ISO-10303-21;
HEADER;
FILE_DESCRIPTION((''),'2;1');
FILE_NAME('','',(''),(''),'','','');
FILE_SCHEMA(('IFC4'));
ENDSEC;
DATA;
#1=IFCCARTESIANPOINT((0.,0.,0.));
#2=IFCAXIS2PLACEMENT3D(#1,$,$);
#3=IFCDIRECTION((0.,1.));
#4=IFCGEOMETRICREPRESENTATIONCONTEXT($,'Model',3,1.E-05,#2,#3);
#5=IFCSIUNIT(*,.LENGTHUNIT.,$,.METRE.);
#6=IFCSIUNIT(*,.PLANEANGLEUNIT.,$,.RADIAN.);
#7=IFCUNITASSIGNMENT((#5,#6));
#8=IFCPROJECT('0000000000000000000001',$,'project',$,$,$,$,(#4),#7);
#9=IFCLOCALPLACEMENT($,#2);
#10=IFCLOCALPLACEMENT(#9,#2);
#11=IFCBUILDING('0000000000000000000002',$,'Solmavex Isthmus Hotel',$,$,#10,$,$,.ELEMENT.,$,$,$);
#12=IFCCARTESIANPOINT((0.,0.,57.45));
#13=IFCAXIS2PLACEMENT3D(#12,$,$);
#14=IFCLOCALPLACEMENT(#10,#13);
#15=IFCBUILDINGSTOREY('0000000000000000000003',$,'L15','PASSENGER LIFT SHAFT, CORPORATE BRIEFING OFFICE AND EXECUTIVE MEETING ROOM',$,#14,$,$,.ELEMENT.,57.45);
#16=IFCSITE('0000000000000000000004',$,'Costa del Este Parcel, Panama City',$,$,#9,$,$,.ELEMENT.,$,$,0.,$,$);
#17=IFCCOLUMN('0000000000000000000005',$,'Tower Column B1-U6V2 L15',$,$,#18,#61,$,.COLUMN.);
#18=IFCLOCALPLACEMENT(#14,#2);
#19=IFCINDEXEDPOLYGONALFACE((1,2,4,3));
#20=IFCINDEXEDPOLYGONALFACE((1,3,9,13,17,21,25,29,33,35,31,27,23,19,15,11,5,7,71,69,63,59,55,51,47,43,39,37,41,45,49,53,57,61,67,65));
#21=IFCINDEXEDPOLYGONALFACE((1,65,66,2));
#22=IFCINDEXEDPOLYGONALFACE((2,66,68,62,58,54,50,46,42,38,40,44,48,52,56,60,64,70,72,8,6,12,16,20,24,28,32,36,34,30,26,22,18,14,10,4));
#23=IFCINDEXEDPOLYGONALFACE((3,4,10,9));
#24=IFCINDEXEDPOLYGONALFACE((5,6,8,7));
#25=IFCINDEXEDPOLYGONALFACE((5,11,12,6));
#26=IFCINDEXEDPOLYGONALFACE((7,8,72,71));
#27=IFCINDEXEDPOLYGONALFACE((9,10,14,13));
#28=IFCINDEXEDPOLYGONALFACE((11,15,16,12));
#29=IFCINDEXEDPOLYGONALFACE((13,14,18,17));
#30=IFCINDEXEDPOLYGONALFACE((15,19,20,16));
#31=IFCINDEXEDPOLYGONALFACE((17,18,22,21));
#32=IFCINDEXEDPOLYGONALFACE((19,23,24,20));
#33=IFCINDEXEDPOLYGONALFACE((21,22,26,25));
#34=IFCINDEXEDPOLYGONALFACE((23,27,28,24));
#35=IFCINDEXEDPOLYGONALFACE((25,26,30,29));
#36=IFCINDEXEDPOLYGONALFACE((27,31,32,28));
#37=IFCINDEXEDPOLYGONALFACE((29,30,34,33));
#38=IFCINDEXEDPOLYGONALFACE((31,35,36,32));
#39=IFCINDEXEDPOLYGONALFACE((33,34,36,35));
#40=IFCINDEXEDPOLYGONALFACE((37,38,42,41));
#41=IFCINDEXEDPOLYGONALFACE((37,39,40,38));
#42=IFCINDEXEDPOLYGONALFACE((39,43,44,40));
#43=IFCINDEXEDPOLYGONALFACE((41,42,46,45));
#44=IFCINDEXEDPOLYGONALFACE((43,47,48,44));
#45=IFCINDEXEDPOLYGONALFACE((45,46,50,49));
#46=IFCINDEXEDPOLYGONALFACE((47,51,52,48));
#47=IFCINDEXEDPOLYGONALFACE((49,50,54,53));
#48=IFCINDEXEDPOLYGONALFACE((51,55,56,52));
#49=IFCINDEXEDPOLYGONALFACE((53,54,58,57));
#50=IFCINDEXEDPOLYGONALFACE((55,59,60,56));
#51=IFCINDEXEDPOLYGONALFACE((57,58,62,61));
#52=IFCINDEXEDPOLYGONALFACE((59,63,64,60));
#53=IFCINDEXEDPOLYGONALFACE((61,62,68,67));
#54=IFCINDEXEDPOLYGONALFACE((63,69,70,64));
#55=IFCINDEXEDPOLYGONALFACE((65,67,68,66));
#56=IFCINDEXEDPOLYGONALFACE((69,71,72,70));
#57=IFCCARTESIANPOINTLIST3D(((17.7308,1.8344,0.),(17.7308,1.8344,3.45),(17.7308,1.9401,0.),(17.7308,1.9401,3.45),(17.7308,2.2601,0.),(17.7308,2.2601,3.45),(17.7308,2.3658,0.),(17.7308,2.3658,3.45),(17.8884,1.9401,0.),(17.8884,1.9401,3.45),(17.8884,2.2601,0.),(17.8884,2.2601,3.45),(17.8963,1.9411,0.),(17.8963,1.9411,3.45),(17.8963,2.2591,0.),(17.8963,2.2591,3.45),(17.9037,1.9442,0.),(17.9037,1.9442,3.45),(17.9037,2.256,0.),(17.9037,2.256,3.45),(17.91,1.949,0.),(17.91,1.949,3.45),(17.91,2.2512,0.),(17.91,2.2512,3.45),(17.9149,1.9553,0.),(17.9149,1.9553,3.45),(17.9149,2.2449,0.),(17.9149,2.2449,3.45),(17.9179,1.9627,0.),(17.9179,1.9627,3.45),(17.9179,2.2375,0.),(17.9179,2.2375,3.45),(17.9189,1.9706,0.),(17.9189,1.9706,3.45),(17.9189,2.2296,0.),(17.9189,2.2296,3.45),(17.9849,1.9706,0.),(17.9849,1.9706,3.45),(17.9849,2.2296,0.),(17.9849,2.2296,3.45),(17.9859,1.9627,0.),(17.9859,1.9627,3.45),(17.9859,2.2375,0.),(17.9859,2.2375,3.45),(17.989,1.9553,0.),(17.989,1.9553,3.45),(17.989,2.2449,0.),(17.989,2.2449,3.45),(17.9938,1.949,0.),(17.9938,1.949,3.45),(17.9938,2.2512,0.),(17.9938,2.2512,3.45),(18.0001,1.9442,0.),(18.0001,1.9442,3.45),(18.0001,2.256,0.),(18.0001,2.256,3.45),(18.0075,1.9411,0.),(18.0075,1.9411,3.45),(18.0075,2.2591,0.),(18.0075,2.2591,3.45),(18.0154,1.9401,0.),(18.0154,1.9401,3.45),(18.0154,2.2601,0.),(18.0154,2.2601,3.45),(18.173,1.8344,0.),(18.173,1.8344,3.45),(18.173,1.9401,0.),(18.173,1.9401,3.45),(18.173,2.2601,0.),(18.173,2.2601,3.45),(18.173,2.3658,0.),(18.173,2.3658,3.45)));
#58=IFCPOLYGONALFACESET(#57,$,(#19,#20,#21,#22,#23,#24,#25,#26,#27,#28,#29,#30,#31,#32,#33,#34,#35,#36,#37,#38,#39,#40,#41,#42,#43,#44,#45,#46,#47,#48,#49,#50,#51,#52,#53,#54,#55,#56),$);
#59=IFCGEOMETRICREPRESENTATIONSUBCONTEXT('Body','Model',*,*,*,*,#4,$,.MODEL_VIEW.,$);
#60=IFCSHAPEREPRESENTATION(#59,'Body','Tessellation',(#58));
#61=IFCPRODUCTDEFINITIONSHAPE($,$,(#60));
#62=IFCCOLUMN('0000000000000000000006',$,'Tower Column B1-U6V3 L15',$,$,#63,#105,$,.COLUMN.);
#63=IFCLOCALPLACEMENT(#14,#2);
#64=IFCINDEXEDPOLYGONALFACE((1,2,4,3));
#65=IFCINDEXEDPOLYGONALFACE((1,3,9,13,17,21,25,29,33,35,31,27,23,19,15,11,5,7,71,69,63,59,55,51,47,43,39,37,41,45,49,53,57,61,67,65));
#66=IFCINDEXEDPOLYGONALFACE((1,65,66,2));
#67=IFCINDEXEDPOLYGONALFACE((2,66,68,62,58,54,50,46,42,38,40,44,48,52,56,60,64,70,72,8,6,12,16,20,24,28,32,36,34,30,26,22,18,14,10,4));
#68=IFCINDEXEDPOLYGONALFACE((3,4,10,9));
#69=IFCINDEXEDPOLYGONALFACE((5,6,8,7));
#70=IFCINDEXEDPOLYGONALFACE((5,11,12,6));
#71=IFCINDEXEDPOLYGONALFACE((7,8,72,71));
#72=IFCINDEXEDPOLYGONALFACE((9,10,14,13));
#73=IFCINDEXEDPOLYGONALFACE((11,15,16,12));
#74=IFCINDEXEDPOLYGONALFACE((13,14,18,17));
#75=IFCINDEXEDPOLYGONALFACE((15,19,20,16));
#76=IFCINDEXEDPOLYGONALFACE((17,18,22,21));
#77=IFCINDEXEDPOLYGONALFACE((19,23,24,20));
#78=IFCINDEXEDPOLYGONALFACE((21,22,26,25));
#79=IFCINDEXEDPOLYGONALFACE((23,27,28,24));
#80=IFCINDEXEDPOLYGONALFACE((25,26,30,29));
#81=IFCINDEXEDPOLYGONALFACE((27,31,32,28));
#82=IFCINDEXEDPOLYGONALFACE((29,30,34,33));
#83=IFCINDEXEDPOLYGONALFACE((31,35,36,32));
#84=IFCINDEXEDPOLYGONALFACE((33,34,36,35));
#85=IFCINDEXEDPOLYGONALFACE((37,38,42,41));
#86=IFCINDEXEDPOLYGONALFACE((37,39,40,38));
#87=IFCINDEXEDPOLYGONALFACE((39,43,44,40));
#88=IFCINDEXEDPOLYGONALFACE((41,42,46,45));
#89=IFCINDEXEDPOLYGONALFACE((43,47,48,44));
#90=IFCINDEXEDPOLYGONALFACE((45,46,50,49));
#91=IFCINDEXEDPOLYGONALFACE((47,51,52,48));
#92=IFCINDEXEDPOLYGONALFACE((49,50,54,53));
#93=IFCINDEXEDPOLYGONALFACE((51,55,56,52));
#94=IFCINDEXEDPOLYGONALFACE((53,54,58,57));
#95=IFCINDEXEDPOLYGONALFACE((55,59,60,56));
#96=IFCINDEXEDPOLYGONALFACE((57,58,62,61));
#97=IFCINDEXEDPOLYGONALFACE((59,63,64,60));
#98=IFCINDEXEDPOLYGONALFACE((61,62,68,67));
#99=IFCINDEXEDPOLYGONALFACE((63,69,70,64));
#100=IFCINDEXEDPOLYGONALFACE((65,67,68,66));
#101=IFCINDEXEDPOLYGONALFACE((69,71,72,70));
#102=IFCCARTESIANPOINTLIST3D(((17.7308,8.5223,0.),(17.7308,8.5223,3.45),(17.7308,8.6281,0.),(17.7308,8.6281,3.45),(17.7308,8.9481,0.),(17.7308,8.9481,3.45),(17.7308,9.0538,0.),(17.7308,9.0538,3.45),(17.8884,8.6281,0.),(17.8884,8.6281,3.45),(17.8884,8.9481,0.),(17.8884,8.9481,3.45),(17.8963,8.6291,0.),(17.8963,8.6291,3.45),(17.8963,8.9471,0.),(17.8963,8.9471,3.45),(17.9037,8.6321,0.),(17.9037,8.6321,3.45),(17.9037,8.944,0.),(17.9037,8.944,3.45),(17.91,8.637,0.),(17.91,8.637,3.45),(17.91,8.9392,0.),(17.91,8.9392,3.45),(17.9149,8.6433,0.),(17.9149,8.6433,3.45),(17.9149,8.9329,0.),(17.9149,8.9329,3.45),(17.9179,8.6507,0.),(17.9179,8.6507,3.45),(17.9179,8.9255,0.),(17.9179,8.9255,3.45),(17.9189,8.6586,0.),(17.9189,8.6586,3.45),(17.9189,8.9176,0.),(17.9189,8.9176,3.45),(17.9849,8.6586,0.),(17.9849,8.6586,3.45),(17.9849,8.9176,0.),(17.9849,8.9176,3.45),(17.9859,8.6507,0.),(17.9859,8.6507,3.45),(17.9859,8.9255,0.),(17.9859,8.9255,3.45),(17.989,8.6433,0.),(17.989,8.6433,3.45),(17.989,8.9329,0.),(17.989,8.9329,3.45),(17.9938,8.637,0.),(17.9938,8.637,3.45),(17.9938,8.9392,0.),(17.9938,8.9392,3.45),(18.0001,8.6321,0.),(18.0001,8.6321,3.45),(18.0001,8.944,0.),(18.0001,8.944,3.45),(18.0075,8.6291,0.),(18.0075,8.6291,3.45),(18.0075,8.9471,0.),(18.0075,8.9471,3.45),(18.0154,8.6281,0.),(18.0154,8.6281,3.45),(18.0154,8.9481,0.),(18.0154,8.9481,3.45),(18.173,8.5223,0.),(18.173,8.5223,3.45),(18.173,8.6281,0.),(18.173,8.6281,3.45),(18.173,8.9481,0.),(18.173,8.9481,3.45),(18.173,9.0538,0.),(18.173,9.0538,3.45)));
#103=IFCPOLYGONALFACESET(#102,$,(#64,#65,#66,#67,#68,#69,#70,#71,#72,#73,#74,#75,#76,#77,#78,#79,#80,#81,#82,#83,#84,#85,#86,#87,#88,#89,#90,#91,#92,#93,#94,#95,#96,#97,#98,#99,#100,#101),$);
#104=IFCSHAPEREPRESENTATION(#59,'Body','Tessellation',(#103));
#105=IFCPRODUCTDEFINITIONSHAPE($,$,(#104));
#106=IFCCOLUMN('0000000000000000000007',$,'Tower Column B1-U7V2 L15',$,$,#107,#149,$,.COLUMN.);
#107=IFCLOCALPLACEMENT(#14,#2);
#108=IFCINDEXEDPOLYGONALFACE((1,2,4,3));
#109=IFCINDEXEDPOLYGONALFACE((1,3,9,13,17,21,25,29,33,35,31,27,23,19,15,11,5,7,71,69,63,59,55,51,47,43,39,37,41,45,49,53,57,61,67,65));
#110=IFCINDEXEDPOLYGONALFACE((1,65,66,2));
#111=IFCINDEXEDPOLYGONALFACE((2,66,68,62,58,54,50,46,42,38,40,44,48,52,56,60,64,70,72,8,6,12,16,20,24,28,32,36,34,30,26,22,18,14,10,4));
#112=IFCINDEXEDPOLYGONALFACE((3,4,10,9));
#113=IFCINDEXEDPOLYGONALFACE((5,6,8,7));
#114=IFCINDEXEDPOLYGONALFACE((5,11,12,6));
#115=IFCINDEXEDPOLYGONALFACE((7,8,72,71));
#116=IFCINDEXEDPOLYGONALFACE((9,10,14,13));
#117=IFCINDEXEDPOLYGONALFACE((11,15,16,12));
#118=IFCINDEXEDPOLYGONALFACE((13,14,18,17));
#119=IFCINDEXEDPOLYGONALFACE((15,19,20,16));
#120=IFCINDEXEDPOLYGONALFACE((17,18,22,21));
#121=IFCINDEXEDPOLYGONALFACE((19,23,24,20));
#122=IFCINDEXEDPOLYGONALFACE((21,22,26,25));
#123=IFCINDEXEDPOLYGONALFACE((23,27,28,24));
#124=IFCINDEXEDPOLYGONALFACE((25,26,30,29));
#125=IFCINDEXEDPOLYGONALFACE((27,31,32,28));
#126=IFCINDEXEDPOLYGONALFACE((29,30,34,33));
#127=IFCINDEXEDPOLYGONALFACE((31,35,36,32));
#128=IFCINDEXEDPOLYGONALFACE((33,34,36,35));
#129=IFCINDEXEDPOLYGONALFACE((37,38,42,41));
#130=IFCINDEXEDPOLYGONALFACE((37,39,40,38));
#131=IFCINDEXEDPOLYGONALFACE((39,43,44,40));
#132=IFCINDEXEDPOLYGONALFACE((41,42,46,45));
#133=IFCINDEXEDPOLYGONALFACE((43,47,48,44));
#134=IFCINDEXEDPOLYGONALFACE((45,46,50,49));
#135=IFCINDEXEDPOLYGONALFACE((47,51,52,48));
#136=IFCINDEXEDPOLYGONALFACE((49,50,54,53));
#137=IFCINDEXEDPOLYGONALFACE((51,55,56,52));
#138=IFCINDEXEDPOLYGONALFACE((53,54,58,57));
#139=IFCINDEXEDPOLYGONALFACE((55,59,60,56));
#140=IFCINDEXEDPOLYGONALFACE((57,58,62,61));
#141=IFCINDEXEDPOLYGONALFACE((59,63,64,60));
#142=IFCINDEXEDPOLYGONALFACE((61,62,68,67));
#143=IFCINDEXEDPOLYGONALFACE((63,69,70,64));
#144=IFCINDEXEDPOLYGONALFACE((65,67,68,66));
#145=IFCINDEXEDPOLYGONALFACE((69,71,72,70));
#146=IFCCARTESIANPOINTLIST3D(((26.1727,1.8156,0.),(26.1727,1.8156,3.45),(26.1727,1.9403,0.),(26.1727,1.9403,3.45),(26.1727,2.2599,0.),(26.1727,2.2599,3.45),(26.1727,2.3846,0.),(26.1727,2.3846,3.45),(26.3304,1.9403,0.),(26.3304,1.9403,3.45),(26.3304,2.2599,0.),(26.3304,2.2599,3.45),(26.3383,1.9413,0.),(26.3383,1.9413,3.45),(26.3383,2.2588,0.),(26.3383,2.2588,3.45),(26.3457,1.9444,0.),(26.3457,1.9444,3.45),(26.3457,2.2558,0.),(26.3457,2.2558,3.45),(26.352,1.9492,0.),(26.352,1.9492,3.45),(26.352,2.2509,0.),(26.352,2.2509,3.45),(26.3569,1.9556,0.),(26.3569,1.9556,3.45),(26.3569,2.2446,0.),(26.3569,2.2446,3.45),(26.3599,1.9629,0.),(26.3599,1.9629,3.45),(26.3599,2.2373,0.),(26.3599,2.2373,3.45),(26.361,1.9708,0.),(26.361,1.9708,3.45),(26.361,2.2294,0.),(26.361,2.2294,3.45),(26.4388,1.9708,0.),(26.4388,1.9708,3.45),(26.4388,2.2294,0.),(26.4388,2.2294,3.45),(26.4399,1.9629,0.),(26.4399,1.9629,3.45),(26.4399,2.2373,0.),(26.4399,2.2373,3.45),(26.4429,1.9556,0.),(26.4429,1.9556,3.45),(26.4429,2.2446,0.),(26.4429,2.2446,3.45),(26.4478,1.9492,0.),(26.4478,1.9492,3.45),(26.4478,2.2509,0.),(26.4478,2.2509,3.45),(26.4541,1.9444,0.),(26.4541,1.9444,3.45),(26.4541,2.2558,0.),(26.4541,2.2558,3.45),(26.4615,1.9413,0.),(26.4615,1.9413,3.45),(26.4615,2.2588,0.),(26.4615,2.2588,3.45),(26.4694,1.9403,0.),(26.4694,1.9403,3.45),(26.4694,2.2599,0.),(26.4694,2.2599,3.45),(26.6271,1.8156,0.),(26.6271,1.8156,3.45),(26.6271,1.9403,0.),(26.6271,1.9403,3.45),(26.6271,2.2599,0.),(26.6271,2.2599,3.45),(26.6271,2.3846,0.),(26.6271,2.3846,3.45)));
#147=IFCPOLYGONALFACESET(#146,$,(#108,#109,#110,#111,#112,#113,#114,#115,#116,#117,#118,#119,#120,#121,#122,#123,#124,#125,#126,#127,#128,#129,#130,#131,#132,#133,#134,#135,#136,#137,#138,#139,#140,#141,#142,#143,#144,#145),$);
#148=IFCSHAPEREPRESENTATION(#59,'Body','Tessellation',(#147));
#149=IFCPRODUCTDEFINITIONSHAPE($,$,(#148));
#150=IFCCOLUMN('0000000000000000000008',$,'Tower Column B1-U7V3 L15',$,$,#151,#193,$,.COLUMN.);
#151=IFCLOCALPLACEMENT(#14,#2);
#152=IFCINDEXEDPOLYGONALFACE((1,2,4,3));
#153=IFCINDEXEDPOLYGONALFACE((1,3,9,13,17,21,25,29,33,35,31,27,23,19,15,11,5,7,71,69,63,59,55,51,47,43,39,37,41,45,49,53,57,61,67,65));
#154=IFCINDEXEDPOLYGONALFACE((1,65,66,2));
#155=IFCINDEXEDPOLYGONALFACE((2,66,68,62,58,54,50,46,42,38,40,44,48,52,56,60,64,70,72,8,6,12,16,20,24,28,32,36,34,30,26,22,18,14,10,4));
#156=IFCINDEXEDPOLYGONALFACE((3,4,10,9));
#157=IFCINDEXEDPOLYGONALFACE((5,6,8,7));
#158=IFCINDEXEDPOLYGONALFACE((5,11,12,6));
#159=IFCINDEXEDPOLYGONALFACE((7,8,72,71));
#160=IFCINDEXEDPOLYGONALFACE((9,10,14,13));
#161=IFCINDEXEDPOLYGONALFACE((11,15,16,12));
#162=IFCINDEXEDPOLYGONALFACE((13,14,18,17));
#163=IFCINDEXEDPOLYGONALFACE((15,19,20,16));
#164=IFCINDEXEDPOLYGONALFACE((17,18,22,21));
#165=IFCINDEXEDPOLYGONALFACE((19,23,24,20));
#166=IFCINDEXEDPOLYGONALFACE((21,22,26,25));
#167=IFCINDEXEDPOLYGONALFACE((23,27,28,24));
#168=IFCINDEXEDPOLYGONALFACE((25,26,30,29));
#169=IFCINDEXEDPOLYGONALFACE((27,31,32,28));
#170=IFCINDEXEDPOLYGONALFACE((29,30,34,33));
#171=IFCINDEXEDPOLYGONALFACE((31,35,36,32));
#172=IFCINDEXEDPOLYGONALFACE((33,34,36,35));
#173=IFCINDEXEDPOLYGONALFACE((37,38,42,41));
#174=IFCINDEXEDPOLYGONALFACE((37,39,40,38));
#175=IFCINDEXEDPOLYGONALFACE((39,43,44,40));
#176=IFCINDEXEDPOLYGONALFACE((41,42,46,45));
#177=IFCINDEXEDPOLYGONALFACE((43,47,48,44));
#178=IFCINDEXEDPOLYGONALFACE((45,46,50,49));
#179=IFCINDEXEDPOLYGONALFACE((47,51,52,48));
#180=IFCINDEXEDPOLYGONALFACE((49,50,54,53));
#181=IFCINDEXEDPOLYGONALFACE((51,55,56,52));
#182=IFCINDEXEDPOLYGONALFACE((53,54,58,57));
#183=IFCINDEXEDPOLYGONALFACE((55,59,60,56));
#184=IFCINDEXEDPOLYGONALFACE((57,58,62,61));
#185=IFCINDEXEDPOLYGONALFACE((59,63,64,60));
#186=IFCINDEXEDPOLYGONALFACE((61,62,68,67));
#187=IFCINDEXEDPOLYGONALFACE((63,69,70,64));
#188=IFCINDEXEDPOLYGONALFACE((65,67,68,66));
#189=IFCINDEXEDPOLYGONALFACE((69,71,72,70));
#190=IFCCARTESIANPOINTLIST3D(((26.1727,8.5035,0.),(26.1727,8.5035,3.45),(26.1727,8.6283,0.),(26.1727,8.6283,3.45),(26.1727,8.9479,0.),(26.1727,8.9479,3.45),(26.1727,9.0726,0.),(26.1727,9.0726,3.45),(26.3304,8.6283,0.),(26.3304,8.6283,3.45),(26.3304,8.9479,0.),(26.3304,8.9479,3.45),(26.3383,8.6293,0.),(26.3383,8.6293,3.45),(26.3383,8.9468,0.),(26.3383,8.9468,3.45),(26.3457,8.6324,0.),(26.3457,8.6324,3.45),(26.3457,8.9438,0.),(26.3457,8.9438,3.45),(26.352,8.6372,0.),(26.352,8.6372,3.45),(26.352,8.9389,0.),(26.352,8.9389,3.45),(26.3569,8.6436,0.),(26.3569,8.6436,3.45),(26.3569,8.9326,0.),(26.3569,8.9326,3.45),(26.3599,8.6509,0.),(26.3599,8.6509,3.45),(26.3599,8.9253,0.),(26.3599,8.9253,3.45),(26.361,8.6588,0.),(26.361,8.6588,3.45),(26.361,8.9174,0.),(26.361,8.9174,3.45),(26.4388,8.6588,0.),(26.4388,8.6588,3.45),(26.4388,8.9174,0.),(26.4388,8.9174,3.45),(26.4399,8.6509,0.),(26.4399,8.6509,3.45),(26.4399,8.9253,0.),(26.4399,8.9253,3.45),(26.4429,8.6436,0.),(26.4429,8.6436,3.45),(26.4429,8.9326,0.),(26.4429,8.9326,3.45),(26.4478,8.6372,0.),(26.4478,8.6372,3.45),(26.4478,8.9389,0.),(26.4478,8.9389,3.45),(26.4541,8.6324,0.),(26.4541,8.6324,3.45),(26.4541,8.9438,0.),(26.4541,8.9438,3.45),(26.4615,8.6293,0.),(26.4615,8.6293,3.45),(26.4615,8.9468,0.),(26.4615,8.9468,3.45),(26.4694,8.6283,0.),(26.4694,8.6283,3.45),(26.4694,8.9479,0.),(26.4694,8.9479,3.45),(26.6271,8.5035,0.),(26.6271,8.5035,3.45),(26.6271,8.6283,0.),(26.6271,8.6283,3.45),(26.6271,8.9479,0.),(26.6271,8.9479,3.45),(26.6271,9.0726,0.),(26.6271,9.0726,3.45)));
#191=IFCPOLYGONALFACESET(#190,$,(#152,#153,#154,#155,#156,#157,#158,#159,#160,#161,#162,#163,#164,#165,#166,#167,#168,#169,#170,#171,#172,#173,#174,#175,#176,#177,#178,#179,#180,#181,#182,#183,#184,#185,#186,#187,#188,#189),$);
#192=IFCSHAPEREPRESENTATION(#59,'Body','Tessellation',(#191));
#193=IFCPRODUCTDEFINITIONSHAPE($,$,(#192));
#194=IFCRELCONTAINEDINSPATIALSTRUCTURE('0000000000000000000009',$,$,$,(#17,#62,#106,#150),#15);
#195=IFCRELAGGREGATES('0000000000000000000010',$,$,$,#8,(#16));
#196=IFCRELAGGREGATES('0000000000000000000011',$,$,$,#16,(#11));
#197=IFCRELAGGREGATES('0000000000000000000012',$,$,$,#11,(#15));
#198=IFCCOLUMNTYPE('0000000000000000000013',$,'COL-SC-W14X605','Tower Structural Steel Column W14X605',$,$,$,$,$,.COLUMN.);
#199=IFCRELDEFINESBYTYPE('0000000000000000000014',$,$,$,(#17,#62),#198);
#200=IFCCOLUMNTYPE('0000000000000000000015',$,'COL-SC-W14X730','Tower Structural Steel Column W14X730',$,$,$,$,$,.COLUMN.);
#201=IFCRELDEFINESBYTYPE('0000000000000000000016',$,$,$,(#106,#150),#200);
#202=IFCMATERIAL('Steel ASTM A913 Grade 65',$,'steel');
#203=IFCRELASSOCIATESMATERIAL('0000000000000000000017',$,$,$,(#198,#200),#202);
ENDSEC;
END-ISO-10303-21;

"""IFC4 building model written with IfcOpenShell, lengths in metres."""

from ifc_helpers import new_model, si_unit, direction, frame, origin, origin_2d, place, context, subcontext, project, spatial, i_section, extrude, material, material_profile, profile_set, type_object, element, save


model = new_model("IFC4")

# Units and contexts
model_context = context("Model", 3, precision=1e-05, world=origin(), true_north=direction((0.0, 1.0)))
body_context = subcontext(model_context, "Body", "Model", "MODEL_VIEW")
ifc_project = project(units=[si_unit("LENGTHUNIT", "METRE"), si_unit("PLANEANGLEUNIT", "RADIAN")], contexts=[model_context])

# Site, building, storey
site_placement = place(None, origin())
site = spatial("IfcSite", under=ifc_project, at=site_placement, Name="Costa del Este Parcel, Panama City", CompositionType="ELEMENT", RefElevation=0.0)
building_placement = place(site_placement, origin())
building = spatial("IfcBuilding", under=site, at=building_placement, Name="Solmavex Isthmus Hotel", CompositionType="ELEMENT")
storey_placement = place(building_placement, frame((0.0, 0.0, 57.45)))
storey = spatial("IfcBuildingStorey", under=building, at=storey_placement, Name="L15", Description="PASSENGER LIFT SHAFT, CORPORATE BRIEFING OFFICE AND EXECUTIVE MEETING ROOM", CompositionType="ELEMENT", Elevation=57.45)

# Columns
ifc_material_1 = material(Name="Steel ASTM A913 Grade 65", Category="steel")
ifc_material_profile_1 = material_profile(ifc_material_1, i_section(OverallWidth=0.4421, OverallDepth=0.5315, WebThickness=0.0659, FlangeThickness=0.1057, FilletRadius=0.0305, at=origin_2d()), Name="W14X605")
ifc_profile_set_1 = profile_set([ifc_material_profile_1], Name="Steel ASTM A913 Grade 65")
column_type_1 = type_object("IfcColumnType", Name="COL-SC-W14X605", Description="Tower Structural Steel Column W14X605", PredefinedType="COLUMN", material=ifc_profile_set_1)
for number, where, z_axis, x_axis, name in (
    (1, (17.9519, 2.1001, 0.0), (0.0, 0.0, 1.0), (1.0, 0.0, 0.0), "Tower Column B1-U6V2 L15"),
    (2, (17.9519, 8.7881, 0.0), (0.0, 0.0, 1.0), (1.0, 0.0, 0.0), "Tower Column B1-U6V3 L15"),
):
    element("IfcColumn", number, at=place(storey_placement, frame(where, z_axis=z_axis, x_axis=x_axis)), inside=storey, type_object=column_type_1, Name=name, PredefinedType="COLUMN", context=body_context, shape_type="SweptSolid", body=[
        extrude(i_section(OverallWidth=0.4421, OverallDepth=0.5315, WebThickness=0.0659, FlangeThickness=0.1057, FilletRadius=0.0305, at=origin_2d()), origin(), (0.0, 0.0, 1.0), 3.45),
    ])
ifc_material_profile_2 = material_profile(ifc_material_1, i_section(OverallWidth=0.4543, OverallDepth=0.5691, WebThickness=0.0779, FlangeThickness=0.1248, FilletRadius=0.0305, at=origin_2d()), Name="W14X730")
ifc_profile_set_2 = profile_set([ifc_material_profile_2], Name="Steel ASTM A913 Grade 65")
column_type_2 = type_object("IfcColumnType", Name="COL-SC-W14X730", Description="Tower Structural Steel Column W14X730", PredefinedType="COLUMN", material=ifc_profile_set_2)
for number, where, z_axis, x_axis, name in (
    (3, (26.3999, 2.1001, 0.0), (0.0, 0.0, 1.0), (1.0, 0.0, 0.0), "Tower Column B1-U7V2 L15"),
    (4, (26.3999, 8.7881, 0.0), (0.0, 0.0, 1.0), (1.0, 0.0, 0.0), "Tower Column B1-U7V3 L15"),
):
    element("IfcColumn", number, at=place(storey_placement, frame(where, z_axis=z_axis, x_axis=x_axis)), inside=storey, type_object=column_type_2, Name=name, PredefinedType="COLUMN", context=body_context, shape_type="SweptSolid", body=[
        extrude(i_section(OverallWidth=0.4543, OverallDepth=0.5691, WebThickness=0.0779, FlangeThickness=0.1248, FilletRadius=0.0305, at=origin_2d()), origin(), (0.0, 0.0, 1.0), 3.45),
    ])

save(model, "model.ifc")
